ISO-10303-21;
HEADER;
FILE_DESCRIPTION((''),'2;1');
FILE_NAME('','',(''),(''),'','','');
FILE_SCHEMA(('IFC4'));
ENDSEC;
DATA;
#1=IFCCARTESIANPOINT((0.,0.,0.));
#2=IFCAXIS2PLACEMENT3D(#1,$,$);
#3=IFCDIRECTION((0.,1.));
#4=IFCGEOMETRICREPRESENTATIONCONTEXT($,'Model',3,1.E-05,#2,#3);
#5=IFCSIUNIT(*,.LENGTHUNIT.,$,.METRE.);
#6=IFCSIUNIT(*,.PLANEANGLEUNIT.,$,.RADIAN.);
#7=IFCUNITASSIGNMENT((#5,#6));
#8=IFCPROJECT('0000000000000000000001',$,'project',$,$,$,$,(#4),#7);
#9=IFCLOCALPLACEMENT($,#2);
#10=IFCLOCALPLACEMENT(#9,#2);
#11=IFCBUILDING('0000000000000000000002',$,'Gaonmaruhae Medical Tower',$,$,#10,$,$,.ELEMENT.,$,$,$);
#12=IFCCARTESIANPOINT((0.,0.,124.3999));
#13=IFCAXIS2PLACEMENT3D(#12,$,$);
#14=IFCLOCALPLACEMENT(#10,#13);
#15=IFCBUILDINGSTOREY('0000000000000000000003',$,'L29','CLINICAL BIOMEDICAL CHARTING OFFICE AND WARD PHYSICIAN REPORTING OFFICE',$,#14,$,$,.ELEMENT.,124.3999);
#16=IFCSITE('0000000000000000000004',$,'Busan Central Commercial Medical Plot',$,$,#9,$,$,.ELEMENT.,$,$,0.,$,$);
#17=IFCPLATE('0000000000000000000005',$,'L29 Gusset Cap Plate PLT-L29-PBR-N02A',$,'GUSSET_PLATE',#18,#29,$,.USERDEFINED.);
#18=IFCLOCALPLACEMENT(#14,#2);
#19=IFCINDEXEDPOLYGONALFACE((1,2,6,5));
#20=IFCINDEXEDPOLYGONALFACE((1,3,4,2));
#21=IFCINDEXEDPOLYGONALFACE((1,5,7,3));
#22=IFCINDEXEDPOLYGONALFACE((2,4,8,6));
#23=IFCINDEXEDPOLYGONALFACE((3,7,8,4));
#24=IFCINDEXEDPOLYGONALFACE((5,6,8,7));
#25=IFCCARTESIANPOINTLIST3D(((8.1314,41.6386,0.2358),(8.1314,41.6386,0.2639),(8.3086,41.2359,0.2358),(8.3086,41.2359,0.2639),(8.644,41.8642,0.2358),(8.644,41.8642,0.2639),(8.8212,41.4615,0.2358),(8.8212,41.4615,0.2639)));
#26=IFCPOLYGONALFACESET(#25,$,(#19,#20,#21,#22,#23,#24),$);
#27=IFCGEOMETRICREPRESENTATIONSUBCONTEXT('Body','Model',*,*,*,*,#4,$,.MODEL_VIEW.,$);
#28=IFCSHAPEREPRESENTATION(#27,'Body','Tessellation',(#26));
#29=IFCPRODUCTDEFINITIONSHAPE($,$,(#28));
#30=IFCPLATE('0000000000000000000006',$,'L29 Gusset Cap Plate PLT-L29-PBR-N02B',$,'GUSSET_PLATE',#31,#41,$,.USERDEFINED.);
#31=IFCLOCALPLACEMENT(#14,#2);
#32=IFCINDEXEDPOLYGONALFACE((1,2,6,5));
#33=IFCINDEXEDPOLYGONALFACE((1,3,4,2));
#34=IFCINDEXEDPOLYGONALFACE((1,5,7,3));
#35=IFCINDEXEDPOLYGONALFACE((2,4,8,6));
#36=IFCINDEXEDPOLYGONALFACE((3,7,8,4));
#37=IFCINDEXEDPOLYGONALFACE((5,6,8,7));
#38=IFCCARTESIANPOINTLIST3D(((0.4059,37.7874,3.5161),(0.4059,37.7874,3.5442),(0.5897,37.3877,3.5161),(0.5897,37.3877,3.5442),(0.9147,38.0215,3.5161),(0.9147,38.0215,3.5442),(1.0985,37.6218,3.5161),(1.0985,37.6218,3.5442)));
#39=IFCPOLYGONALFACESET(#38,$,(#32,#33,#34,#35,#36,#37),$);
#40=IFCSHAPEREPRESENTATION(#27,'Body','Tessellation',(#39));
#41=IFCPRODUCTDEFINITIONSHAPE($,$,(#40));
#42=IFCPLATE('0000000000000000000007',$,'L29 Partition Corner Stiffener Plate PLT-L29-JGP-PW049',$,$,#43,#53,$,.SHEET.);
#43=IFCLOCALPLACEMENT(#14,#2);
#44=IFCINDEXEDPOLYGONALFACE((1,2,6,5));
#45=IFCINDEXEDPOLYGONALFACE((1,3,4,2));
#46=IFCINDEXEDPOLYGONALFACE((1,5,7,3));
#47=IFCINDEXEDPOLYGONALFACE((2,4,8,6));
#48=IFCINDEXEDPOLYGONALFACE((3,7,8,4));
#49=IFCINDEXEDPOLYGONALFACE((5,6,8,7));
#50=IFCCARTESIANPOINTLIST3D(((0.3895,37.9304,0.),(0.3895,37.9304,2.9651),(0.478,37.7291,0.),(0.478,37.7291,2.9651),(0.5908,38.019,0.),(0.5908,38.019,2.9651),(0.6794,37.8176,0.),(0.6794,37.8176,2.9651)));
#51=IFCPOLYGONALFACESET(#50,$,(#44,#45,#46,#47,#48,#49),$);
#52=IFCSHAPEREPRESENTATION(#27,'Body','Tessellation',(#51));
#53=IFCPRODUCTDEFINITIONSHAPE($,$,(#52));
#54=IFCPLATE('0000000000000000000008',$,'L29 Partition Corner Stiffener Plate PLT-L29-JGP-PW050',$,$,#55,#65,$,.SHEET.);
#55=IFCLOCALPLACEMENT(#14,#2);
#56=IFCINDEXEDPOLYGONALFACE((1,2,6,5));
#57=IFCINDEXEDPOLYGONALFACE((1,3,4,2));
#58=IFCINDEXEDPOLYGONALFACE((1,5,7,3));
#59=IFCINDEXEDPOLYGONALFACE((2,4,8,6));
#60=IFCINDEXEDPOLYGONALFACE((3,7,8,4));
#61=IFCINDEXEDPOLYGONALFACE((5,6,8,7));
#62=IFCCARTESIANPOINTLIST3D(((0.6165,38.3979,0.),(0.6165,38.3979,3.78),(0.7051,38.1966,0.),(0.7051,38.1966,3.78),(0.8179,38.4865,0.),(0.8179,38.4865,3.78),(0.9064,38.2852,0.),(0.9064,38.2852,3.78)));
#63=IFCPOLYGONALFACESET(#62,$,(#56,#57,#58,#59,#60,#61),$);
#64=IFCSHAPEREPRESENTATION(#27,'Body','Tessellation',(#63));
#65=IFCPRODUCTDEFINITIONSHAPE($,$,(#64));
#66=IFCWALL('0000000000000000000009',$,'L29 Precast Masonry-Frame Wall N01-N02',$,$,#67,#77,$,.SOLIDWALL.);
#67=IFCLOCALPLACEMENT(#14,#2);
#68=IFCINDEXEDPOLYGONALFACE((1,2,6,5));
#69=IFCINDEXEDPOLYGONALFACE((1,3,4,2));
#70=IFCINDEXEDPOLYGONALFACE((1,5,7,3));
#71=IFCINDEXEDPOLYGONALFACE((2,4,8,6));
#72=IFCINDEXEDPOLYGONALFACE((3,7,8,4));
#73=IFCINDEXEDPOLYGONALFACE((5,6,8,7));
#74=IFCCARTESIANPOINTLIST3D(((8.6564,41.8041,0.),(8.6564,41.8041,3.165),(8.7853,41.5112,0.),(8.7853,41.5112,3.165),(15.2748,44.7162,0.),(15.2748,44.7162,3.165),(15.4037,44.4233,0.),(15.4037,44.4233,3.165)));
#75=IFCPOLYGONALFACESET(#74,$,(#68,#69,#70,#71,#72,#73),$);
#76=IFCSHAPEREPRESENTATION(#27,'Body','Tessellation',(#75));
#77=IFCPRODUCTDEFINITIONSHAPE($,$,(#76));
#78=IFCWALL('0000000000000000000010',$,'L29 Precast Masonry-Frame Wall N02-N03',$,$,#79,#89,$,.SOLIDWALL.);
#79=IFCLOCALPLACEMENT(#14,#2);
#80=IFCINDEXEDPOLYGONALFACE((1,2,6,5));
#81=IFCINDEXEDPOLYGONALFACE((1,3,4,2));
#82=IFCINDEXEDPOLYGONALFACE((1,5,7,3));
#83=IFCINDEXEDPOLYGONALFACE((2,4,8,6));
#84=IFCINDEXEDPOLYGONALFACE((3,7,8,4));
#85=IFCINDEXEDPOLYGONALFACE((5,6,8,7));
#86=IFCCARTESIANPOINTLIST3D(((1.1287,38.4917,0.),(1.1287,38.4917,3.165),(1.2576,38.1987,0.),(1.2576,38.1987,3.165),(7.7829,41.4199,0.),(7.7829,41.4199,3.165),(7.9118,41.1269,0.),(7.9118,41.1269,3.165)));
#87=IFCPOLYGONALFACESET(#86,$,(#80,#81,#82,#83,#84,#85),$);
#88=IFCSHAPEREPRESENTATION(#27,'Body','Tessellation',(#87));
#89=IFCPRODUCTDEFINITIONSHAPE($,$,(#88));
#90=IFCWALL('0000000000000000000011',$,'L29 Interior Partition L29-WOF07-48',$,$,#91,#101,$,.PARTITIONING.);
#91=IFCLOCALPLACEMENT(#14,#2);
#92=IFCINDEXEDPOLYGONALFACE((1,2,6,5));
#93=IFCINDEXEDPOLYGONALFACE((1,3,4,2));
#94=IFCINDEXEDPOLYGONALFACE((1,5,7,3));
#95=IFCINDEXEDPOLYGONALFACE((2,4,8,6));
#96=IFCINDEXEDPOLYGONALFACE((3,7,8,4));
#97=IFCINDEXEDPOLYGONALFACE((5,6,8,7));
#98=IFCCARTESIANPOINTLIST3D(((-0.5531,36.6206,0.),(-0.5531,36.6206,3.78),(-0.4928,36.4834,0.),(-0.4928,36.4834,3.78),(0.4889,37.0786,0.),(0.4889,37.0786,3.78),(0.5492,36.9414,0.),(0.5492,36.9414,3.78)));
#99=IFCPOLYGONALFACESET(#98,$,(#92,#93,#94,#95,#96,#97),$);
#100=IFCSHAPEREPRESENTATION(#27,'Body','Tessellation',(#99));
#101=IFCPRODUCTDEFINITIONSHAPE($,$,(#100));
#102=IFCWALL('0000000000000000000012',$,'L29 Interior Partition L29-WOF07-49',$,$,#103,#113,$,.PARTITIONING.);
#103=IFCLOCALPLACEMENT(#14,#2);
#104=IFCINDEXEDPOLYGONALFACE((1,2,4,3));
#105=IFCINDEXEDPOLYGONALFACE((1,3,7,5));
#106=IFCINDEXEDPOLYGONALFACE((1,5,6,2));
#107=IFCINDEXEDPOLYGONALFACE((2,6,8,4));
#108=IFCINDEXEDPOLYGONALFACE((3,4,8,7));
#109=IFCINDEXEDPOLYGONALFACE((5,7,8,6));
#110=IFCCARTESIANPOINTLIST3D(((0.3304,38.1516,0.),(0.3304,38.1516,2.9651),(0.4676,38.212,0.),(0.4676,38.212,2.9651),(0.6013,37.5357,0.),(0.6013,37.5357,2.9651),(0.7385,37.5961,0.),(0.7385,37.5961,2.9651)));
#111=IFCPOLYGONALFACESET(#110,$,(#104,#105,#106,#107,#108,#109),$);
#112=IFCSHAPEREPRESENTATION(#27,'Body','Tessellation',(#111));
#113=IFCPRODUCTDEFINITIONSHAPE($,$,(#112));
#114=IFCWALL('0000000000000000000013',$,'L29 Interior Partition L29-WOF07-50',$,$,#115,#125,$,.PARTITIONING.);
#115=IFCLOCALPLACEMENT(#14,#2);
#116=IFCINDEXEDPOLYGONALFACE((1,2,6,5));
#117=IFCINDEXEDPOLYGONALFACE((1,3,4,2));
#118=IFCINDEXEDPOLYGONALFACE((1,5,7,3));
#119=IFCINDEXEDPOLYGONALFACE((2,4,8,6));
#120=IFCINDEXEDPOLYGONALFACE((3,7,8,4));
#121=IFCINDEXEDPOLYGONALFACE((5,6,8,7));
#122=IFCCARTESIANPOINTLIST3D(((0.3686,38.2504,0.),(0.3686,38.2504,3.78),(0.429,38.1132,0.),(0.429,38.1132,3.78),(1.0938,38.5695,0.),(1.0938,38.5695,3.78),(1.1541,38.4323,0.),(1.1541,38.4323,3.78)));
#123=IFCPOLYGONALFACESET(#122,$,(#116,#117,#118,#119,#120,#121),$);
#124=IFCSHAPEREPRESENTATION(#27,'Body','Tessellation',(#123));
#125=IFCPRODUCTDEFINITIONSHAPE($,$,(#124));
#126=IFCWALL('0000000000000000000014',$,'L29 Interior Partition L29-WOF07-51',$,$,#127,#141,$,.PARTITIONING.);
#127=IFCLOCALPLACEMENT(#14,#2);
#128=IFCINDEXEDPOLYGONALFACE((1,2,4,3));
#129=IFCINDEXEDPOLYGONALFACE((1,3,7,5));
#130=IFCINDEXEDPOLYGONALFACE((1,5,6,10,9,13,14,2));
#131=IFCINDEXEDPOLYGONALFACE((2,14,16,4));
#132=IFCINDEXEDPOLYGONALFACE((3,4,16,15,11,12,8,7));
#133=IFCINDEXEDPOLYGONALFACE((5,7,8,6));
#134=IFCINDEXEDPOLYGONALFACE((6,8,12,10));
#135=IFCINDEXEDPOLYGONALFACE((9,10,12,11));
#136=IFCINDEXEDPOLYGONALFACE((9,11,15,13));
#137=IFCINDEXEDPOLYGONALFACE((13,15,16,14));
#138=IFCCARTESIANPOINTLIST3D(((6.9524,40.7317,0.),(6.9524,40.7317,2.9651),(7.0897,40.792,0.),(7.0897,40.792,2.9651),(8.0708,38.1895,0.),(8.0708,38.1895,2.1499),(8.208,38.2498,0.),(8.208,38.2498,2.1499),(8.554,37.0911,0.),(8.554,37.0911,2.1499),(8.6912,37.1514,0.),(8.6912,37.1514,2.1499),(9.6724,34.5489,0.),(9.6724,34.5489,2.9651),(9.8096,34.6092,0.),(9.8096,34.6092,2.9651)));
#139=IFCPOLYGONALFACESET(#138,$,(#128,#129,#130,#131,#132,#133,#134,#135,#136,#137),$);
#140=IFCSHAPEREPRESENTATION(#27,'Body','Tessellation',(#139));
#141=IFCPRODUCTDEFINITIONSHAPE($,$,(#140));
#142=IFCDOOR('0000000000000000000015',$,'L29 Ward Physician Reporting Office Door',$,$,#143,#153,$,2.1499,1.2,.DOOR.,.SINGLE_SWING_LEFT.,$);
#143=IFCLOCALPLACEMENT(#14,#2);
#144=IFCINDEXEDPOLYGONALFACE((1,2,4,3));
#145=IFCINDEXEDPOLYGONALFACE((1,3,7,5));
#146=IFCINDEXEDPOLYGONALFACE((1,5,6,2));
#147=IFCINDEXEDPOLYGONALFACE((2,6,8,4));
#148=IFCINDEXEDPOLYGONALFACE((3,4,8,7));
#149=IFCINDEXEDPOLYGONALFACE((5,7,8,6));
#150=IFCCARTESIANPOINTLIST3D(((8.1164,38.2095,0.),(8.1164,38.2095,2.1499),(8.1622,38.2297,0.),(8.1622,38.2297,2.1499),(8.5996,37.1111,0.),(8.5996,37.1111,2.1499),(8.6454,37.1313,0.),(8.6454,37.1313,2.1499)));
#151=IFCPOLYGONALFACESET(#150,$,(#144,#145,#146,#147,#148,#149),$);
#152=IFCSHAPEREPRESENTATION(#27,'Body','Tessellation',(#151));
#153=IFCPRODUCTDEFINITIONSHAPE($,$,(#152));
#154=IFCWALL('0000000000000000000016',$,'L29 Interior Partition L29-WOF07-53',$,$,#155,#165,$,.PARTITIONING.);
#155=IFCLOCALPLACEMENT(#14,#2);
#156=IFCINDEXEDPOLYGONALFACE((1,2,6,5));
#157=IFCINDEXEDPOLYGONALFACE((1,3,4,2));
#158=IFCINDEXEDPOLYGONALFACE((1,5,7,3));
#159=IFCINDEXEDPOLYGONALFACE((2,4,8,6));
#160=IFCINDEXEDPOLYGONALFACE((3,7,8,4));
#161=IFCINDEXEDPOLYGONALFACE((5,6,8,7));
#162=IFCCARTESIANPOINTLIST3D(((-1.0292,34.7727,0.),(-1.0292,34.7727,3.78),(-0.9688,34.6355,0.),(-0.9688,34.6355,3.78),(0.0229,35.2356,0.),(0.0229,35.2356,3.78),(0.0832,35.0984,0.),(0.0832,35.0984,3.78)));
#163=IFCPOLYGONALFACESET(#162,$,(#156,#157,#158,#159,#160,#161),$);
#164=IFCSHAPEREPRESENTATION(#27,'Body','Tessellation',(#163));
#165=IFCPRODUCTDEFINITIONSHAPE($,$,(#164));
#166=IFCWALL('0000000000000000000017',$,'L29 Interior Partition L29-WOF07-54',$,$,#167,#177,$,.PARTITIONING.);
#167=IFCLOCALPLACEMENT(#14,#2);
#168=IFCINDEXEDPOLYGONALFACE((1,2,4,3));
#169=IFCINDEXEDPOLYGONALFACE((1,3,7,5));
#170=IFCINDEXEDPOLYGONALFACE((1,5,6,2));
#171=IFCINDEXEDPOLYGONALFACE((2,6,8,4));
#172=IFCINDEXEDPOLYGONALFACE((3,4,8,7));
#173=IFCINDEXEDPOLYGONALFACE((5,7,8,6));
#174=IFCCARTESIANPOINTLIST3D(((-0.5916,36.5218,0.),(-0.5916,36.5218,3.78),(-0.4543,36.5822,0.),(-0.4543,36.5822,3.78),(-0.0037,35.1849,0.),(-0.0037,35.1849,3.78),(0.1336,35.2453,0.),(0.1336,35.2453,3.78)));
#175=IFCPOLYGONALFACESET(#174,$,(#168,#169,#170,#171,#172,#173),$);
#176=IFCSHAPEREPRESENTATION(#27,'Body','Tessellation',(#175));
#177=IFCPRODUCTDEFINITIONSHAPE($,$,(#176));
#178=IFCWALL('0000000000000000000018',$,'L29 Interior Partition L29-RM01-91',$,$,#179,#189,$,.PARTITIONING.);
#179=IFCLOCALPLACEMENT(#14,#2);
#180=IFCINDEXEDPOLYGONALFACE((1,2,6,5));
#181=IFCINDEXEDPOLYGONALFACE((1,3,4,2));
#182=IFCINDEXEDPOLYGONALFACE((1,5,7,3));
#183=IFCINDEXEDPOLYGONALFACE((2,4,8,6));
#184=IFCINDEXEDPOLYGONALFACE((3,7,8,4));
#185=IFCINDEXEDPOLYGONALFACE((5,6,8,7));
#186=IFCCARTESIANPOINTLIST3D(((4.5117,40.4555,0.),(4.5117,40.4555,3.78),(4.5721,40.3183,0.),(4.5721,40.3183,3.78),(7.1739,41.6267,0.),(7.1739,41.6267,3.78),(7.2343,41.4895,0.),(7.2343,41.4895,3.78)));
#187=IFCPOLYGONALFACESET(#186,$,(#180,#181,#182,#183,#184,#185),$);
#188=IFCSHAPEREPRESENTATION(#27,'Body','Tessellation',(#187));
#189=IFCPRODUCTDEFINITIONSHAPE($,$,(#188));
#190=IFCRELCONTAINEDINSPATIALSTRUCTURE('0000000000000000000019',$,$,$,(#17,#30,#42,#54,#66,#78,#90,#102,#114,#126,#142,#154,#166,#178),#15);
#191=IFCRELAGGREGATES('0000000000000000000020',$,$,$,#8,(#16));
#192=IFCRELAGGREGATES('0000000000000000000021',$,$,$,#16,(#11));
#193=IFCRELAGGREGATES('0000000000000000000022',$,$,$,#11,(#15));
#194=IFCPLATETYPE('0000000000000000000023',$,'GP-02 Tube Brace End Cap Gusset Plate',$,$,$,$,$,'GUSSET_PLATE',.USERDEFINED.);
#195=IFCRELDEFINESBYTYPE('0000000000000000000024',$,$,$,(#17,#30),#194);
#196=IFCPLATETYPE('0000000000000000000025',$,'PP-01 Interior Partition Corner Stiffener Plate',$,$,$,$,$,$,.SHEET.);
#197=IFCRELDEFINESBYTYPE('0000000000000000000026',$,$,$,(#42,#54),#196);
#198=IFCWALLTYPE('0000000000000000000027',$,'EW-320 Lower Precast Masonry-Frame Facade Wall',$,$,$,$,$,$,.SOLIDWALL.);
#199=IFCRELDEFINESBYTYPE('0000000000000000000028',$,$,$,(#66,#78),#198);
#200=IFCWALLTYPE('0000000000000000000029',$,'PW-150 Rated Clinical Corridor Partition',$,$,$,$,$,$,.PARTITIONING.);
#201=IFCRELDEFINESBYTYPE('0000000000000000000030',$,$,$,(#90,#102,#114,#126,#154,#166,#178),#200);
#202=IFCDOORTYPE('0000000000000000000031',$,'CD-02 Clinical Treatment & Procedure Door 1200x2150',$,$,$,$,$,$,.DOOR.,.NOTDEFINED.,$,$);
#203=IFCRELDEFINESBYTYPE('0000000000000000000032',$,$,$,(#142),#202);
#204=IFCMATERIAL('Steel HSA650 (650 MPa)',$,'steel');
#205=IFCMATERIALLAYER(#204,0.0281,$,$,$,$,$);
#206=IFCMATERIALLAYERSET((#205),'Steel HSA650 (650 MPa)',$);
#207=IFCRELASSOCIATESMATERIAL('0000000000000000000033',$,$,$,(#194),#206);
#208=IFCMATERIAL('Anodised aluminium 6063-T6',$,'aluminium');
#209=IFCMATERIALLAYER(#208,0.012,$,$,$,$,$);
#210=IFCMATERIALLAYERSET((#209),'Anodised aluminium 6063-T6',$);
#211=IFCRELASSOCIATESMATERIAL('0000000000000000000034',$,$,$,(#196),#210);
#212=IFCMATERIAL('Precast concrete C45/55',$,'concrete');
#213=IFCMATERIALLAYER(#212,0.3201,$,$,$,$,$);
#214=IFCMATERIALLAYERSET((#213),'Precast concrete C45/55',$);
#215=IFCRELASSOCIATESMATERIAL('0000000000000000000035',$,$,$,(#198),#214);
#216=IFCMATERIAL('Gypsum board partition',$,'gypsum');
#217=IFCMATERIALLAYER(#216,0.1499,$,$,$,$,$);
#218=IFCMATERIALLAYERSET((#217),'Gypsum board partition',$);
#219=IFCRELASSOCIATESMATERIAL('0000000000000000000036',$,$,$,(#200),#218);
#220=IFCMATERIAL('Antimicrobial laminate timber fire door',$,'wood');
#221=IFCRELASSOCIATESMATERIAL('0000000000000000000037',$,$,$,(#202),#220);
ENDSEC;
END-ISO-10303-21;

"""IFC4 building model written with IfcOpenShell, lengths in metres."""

from ifc_helpers import new_model, si_unit, direction, frame, frame_2d, origin, origin_2d, place, context, subcontext, project, spatial, rectangle, extrude, material, layer, layer_set, type_object, element, fill, save


model = new_model("IFC4")

# Units and contexts
model_context = context("Model", 3, precision=1e-05, world=origin(), true_north=direction((0.0, 1.0)))
body_context = subcontext(model_context, "Body", "Model", "MODEL_VIEW")
ifc_project = project(units=[si_unit("LENGTHUNIT", "METRE"), si_unit("PLANEANGLEUNIT", "RADIAN")], contexts=[model_context])

# Site, building, storey
site_placement = place(None, origin())
site = spatial("IfcSite", under=ifc_project, at=site_placement, Name="Busan Central Commercial Medical Plot", CompositionType="ELEMENT", RefElevation=0.0)
building_placement = place(site_placement, origin())
building = spatial("IfcBuilding", under=site, at=building_placement, Name="Gaonmaruhae Medical Tower", CompositionType="ELEMENT")
storey_placement = place(building_placement, frame((0.0, 0.0, 124.3999)))
storey = spatial("IfcBuildingStorey", under=building, at=storey_placement, Name="L29", Description="CLINICAL BIOMEDICAL CHARTING OFFICE AND WARD PHYSICIAN REPORTING OFFICE", CompositionType="ELEMENT", Elevation=124.3999)

# Plates
ifc_material_1 = material(Name="Steel HSA650 (650 MPa)", Category="steel")
ifc_layer_1 = layer(ifc_material_1, 0.0281)
ifc_layer_set_1 = layer_set([ifc_layer_1], Name="Steel HSA650 (650 MPa)")
plate_type_1 = type_object("IfcPlateType", Name="GP-02 Tube Brace End Cap Gusset Plate", ElementType="GUSSET_PLATE", PredefinedType="USERDEFINED", material=ifc_layer_set_1)
for number, where, z_axis, x_axis, name in (
    (1, (8.4763, 41.55, 0.2358), (0.0, 0.0, 1.0), (0.915311, 0.402747, 0.0), "L29 Gusset Cap Plate PLT-L29-PBR-N02A"),
    (2, (0.7522, 37.7046, 3.5161), (0.0, 0.0, 1.0), (0.908508, 0.417867, 0.0), "L29 Gusset Cap Plate PLT-L29-PBR-N02B"),
):
    element("IfcPlate", number, at=place(storey_placement, frame(where, z_axis=z_axis, x_axis=x_axis)), inside=storey, type_object=plate_type_1, Name=name, ObjectType="GUSSET_PLATE", PredefinedType="USERDEFINED", context=body_context, shape_type="SweptSolid", body=[
        extrude(rectangle(XDim=0.5601, YDim=0.4399, at=origin_2d()), origin(), (0.0, 0.0, 1.0), 0.0281),
    ])
ifc_material_2 = material(Name="Anodised aluminium 6063-T6", Category="aluminium")
ifc_layer_2 = layer(ifc_material_2, 0.012)
ifc_layer_set_2 = layer_set([ifc_layer_2], Name="Anodised aluminium 6063-T6")
plate_type_2 = type_object("IfcPlateType", Name="PP-01 Interior Partition Corner Stiffener Plate", PredefinedType="SHEET", material=ifc_layer_set_2)
plate_1_placement = place(storey_placement, frame((0.5344, 37.874, 0.0), z_axis=(0.0, 0.0, 1.0), x_axis=(-0.402683, 0.91534, 0.0)))
element("IfcPlate", 3, at=plate_1_placement, inside=storey, type_object=plate_type_2, Name="L29 Partition Corner Stiffener Plate PLT-L29-JGP-PW049", PredefinedType="SHEET", context=body_context, shape_type="SweptSolid", body=[
    extrude(rectangle(XDim=0.22, YDim=0.22, at=origin_2d()), origin(), (0.0, 0.0, 1.0), 2.9651),
])
plate_2_placement = place(storey_placement, frame((0.7615, 38.3416, 0.0), z_axis=(0.0, 0.0, 1.0), x_axis=(0.915319, 0.402731, 0.0)))
element("IfcPlate", 4, at=plate_2_placement, inside=storey, type_object=plate_type_2, Name="L29 Partition Corner Stiffener Plate PLT-L29-JGP-PW050", PredefinedType="SHEET", context=body_context, shape_type="SweptSolid", body=[
    extrude(rectangle(XDim=0.22, YDim=0.22, at=origin_2d()), origin(), (0.0, 0.0, 1.0), 3.78),
])

# Walls
ifc_material_3 = material(Name="Precast concrete C45/55", Category="concrete")
ifc_layer_3 = layer(ifc_material_3, 0.3201)
ifc_layer_set_3 = layer_set([ifc_layer_3], Name="Precast concrete C45/55")
wall_type_1 = type_object("IfcWallType", Name="EW-320 Lower Precast Masonry-Frame Facade Wall", PredefinedType="SOLIDWALL", material=ifc_layer_set_3)
wall_1_placement = place(storey_placement, frame((8.7209, 41.6577, 0.0), z_axis=(0.0, 0.0, 1.0), x_axis=(0.915315, 0.40274, 0.0)))
element("IfcWall", 5, at=wall_1_placement, inside=storey, type_object=wall_type_1, Name="L29 Precast Masonry-Frame Wall N01-N02", PredefinedType="SOLIDWALL", context=body_context, shape_type="SweptSolid", body=[
    extrude(rectangle(XDim=7.2307, YDim=0.3201, at=frame_2d((3.6152, 0.0))), origin(), (0.0, 0.0, 1.0), 3.165),
])
wall_2_placement = place(storey_placement, frame((1.1931, 38.3452, 0.0), z_axis=(0.0, 0.0, 1.0), x_axis=(0.915298, 0.402777, 0.0)))
element("IfcWall", 6, at=wall_2_placement, inside=storey, type_object=wall_type_1, Name="L29 Precast Masonry-Frame Wall N02-N03", PredefinedType="SOLIDWALL", context=body_context, shape_type="SweptSolid", body=[
    extrude(rectangle(XDim=7.27, YDim=0.3201, at=frame_2d((3.635, 0.0))), origin(), (0.0, 0.0, 1.0), 3.165),
])
ifc_material_4 = material(Name="Gypsum board partition", Category="gypsum")
ifc_layer_4 = layer(ifc_material_4, 0.1499)
ifc_layer_set_4 = layer_set([ifc_layer_4], Name="Gypsum board partition")
wall_type_2 = type_object("IfcWallType", Name="PW-150 Rated Clinical Corridor Partition", PredefinedType="PARTITIONING", material=ifc_layer_set_4)
wall_3_placement = place(storey_placement, frame((-0.5229, 36.552, 0.0), z_axis=(0.0, 0.0, 1.0), x_axis=(0.915467, 0.402394, 0.0)))
element("IfcWall", 7, at=wall_3_placement, inside=storey, type_object=wall_type_2, Name="L29 Interior Partition L29-WOF07-48", PredefinedType="PARTITIONING", context=body_context, shape_type="SweptSolid", body=[
    extrude(rectangle(XDim=1.1382, YDim=0.1499, at=frame_2d((0.5691, 0.0))), origin(), (0.0, 0.0, 1.0), 3.78),
])
wall_4_placement = place(storey_placement, frame((0.6699, 37.5659, 0.0), z_axis=(0.0, 0.0, 1.0), x_axis=(-0.402702, 0.915331, 0.0)))
element("IfcWall", 8, at=wall_4_placement, inside=storey, type_object=wall_type_2, Name="L29 Interior Partition L29-WOF07-49", PredefinedType="PARTITIONING", context=body_context, shape_type="SweptSolid", body=[
    extrude(rectangle(XDim=0.6729, YDim=0.1499, at=frame_2d((0.3364, 0.0))), origin(), (0.0, 0.0, 1.0), 2.9651),
])
wall_5_placement = place(storey_placement, frame((0.3989, 38.1819, 0.0), z_axis=(0.0, 0.0, 1.0), x_axis=(0.915292, 0.40279, 0.0)))
element("IfcWall", 9, at=wall_5_placement, inside=storey, type_object=wall_type_2, Name="L29 Interior Partition L29-WOF07-50", PredefinedType="PARTITIONING", context=body_context, shape_type="SweptSolid", body=[
    extrude(rectangle(XDim=0.7922, YDim=0.1499, at=frame_2d((0.396, 0.0))), origin(), (0.0, 0.0, 1.0), 3.78),
])

# Wall, opening, door
wall_6_placement = place(storey_placement, frame((7.021, 40.762, 0.0), z_axis=(0.0, 0.0, 1.0), x_axis=(0.402678, -0.915342, 0.0)))
wall_6 = element("IfcWall", 10, at=wall_6_placement, inside=storey, type_object=wall_type_2, Name="L29 Interior Partition L29-WOF07-51", PredefinedType="PARTITIONING", context=body_context, shape_type="SweptSolid", body=[
    extrude(rectangle(XDim=6.7546, YDim=0.1499, at=frame_2d((3.3774, 0.0))), origin(), (0.0, 0.0, 1.0), 2.9651),
])
opening_placement = place(wall_6_placement, frame((2.7773, 0.0, 0.0)))
opening = element("IfcOpeningElement", 11, at=opening_placement, cuts=wall_6, PredefinedType="OPENING", context=body_context, shape_type="SweptSolid", body=[
    extrude(rectangle(XDim=1.2, YDim=2.1499, at=frame_2d((0.6001, 1.075))), frame((0.0, 0.085, 0.0), z_axis=(0.0, -1.0, 0.0), x_axis=(1.0, 0.0, 0.0)), (0.0, 0.0, 1.0), 0.1699),
])
ifc_material_5 = material(Name="Antimicrobial laminate timber fire door", Category="wood")
door_type = type_object("IfcDoorType", Name="CD-02 Clinical Treatment & Procedure Door 1200x2150", OperationType="NOTDEFINED", PredefinedType="DOOR", material=ifc_material_5)
door_placement = place(opening_placement, origin())
door = element("IfcDoor", 12, at=door_placement, inside=storey, type_object=door_type, Name="L29 Ward Physician Reporting Office Door", OperationType="SINGLE_SWING_LEFT", OverallHeight=2.1499, OverallWidth=1.2, PredefinedType="DOOR", context=body_context, shape_type="SweptSolid", body=[
    extrude(rectangle(XDim=1.2, YDim=2.1499, at=frame_2d((0.6001, 1.075))), frame((0.0, 0.0249, 0.0), z_axis=(0.0, -1.0, 0.0), x_axis=(1.0, 0.0, 0.0)), (0.0, 0.0, 1.0), 0.05),
])
fill(opening, door)

# Walls
wall_7_placement = place(storey_placement, frame((-0.999, 34.7041, 0.0), z_axis=(0.0, 0.0, 1.0), x_axis=(0.915312, 0.402746, 0.0)))
element("IfcWall", 13, at=wall_7_placement, inside=storey, type_object=wall_type_2, Name="L29 Interior Partition L29-WOF07-53", PredefinedType="PARTITIONING", context=body_context, shape_type="SweptSolid", body=[
    extrude(rectangle(XDim=1.1494, YDim=0.1499, at=frame_2d((0.5747, 0.0))), origin(), (0.0, 0.0, 1.0), 3.78),
])
wall_8_placement = place(storey_placement, frame((0.0649, 35.2151, 0.0), z_axis=(0.0, 0.0, 1.0), x_axis=(-0.402537, 0.915404, 0.0)))
element("IfcWall", 14, at=wall_8_placement, inside=storey, type_object=wall_type_2, Name="L29 Interior Partition L29-WOF07-54", PredefinedType="PARTITIONING", context=body_context, shape_type="SweptSolid", body=[
    extrude(rectangle(XDim=1.4604, YDim=0.1499, at=frame_2d((0.7302, 0.0))), origin(), (0.0, 0.0, 1.0), 3.78),
])
wall_9_placement = place(storey_placement, frame((4.542, 40.387, 0.0), z_axis=(0.0, 0.0, 1.0), x_axis=(0.915339, 0.402685, 0.0)))
element("IfcWall", 15, at=wall_9_placement, inside=storey, type_object=wall_type_2, Name="L29 Interior Partition L29-RM01-91", PredefinedType="PARTITIONING", context=body_context, shape_type="SweptSolid", body=[
    extrude(rectangle(XDim=2.9084, YDim=0.1499, at=frame_2d((1.4541, 0.0))), origin(), (0.0, 0.0, 1.0), 3.78),
])

save(model, "model.ifc")
